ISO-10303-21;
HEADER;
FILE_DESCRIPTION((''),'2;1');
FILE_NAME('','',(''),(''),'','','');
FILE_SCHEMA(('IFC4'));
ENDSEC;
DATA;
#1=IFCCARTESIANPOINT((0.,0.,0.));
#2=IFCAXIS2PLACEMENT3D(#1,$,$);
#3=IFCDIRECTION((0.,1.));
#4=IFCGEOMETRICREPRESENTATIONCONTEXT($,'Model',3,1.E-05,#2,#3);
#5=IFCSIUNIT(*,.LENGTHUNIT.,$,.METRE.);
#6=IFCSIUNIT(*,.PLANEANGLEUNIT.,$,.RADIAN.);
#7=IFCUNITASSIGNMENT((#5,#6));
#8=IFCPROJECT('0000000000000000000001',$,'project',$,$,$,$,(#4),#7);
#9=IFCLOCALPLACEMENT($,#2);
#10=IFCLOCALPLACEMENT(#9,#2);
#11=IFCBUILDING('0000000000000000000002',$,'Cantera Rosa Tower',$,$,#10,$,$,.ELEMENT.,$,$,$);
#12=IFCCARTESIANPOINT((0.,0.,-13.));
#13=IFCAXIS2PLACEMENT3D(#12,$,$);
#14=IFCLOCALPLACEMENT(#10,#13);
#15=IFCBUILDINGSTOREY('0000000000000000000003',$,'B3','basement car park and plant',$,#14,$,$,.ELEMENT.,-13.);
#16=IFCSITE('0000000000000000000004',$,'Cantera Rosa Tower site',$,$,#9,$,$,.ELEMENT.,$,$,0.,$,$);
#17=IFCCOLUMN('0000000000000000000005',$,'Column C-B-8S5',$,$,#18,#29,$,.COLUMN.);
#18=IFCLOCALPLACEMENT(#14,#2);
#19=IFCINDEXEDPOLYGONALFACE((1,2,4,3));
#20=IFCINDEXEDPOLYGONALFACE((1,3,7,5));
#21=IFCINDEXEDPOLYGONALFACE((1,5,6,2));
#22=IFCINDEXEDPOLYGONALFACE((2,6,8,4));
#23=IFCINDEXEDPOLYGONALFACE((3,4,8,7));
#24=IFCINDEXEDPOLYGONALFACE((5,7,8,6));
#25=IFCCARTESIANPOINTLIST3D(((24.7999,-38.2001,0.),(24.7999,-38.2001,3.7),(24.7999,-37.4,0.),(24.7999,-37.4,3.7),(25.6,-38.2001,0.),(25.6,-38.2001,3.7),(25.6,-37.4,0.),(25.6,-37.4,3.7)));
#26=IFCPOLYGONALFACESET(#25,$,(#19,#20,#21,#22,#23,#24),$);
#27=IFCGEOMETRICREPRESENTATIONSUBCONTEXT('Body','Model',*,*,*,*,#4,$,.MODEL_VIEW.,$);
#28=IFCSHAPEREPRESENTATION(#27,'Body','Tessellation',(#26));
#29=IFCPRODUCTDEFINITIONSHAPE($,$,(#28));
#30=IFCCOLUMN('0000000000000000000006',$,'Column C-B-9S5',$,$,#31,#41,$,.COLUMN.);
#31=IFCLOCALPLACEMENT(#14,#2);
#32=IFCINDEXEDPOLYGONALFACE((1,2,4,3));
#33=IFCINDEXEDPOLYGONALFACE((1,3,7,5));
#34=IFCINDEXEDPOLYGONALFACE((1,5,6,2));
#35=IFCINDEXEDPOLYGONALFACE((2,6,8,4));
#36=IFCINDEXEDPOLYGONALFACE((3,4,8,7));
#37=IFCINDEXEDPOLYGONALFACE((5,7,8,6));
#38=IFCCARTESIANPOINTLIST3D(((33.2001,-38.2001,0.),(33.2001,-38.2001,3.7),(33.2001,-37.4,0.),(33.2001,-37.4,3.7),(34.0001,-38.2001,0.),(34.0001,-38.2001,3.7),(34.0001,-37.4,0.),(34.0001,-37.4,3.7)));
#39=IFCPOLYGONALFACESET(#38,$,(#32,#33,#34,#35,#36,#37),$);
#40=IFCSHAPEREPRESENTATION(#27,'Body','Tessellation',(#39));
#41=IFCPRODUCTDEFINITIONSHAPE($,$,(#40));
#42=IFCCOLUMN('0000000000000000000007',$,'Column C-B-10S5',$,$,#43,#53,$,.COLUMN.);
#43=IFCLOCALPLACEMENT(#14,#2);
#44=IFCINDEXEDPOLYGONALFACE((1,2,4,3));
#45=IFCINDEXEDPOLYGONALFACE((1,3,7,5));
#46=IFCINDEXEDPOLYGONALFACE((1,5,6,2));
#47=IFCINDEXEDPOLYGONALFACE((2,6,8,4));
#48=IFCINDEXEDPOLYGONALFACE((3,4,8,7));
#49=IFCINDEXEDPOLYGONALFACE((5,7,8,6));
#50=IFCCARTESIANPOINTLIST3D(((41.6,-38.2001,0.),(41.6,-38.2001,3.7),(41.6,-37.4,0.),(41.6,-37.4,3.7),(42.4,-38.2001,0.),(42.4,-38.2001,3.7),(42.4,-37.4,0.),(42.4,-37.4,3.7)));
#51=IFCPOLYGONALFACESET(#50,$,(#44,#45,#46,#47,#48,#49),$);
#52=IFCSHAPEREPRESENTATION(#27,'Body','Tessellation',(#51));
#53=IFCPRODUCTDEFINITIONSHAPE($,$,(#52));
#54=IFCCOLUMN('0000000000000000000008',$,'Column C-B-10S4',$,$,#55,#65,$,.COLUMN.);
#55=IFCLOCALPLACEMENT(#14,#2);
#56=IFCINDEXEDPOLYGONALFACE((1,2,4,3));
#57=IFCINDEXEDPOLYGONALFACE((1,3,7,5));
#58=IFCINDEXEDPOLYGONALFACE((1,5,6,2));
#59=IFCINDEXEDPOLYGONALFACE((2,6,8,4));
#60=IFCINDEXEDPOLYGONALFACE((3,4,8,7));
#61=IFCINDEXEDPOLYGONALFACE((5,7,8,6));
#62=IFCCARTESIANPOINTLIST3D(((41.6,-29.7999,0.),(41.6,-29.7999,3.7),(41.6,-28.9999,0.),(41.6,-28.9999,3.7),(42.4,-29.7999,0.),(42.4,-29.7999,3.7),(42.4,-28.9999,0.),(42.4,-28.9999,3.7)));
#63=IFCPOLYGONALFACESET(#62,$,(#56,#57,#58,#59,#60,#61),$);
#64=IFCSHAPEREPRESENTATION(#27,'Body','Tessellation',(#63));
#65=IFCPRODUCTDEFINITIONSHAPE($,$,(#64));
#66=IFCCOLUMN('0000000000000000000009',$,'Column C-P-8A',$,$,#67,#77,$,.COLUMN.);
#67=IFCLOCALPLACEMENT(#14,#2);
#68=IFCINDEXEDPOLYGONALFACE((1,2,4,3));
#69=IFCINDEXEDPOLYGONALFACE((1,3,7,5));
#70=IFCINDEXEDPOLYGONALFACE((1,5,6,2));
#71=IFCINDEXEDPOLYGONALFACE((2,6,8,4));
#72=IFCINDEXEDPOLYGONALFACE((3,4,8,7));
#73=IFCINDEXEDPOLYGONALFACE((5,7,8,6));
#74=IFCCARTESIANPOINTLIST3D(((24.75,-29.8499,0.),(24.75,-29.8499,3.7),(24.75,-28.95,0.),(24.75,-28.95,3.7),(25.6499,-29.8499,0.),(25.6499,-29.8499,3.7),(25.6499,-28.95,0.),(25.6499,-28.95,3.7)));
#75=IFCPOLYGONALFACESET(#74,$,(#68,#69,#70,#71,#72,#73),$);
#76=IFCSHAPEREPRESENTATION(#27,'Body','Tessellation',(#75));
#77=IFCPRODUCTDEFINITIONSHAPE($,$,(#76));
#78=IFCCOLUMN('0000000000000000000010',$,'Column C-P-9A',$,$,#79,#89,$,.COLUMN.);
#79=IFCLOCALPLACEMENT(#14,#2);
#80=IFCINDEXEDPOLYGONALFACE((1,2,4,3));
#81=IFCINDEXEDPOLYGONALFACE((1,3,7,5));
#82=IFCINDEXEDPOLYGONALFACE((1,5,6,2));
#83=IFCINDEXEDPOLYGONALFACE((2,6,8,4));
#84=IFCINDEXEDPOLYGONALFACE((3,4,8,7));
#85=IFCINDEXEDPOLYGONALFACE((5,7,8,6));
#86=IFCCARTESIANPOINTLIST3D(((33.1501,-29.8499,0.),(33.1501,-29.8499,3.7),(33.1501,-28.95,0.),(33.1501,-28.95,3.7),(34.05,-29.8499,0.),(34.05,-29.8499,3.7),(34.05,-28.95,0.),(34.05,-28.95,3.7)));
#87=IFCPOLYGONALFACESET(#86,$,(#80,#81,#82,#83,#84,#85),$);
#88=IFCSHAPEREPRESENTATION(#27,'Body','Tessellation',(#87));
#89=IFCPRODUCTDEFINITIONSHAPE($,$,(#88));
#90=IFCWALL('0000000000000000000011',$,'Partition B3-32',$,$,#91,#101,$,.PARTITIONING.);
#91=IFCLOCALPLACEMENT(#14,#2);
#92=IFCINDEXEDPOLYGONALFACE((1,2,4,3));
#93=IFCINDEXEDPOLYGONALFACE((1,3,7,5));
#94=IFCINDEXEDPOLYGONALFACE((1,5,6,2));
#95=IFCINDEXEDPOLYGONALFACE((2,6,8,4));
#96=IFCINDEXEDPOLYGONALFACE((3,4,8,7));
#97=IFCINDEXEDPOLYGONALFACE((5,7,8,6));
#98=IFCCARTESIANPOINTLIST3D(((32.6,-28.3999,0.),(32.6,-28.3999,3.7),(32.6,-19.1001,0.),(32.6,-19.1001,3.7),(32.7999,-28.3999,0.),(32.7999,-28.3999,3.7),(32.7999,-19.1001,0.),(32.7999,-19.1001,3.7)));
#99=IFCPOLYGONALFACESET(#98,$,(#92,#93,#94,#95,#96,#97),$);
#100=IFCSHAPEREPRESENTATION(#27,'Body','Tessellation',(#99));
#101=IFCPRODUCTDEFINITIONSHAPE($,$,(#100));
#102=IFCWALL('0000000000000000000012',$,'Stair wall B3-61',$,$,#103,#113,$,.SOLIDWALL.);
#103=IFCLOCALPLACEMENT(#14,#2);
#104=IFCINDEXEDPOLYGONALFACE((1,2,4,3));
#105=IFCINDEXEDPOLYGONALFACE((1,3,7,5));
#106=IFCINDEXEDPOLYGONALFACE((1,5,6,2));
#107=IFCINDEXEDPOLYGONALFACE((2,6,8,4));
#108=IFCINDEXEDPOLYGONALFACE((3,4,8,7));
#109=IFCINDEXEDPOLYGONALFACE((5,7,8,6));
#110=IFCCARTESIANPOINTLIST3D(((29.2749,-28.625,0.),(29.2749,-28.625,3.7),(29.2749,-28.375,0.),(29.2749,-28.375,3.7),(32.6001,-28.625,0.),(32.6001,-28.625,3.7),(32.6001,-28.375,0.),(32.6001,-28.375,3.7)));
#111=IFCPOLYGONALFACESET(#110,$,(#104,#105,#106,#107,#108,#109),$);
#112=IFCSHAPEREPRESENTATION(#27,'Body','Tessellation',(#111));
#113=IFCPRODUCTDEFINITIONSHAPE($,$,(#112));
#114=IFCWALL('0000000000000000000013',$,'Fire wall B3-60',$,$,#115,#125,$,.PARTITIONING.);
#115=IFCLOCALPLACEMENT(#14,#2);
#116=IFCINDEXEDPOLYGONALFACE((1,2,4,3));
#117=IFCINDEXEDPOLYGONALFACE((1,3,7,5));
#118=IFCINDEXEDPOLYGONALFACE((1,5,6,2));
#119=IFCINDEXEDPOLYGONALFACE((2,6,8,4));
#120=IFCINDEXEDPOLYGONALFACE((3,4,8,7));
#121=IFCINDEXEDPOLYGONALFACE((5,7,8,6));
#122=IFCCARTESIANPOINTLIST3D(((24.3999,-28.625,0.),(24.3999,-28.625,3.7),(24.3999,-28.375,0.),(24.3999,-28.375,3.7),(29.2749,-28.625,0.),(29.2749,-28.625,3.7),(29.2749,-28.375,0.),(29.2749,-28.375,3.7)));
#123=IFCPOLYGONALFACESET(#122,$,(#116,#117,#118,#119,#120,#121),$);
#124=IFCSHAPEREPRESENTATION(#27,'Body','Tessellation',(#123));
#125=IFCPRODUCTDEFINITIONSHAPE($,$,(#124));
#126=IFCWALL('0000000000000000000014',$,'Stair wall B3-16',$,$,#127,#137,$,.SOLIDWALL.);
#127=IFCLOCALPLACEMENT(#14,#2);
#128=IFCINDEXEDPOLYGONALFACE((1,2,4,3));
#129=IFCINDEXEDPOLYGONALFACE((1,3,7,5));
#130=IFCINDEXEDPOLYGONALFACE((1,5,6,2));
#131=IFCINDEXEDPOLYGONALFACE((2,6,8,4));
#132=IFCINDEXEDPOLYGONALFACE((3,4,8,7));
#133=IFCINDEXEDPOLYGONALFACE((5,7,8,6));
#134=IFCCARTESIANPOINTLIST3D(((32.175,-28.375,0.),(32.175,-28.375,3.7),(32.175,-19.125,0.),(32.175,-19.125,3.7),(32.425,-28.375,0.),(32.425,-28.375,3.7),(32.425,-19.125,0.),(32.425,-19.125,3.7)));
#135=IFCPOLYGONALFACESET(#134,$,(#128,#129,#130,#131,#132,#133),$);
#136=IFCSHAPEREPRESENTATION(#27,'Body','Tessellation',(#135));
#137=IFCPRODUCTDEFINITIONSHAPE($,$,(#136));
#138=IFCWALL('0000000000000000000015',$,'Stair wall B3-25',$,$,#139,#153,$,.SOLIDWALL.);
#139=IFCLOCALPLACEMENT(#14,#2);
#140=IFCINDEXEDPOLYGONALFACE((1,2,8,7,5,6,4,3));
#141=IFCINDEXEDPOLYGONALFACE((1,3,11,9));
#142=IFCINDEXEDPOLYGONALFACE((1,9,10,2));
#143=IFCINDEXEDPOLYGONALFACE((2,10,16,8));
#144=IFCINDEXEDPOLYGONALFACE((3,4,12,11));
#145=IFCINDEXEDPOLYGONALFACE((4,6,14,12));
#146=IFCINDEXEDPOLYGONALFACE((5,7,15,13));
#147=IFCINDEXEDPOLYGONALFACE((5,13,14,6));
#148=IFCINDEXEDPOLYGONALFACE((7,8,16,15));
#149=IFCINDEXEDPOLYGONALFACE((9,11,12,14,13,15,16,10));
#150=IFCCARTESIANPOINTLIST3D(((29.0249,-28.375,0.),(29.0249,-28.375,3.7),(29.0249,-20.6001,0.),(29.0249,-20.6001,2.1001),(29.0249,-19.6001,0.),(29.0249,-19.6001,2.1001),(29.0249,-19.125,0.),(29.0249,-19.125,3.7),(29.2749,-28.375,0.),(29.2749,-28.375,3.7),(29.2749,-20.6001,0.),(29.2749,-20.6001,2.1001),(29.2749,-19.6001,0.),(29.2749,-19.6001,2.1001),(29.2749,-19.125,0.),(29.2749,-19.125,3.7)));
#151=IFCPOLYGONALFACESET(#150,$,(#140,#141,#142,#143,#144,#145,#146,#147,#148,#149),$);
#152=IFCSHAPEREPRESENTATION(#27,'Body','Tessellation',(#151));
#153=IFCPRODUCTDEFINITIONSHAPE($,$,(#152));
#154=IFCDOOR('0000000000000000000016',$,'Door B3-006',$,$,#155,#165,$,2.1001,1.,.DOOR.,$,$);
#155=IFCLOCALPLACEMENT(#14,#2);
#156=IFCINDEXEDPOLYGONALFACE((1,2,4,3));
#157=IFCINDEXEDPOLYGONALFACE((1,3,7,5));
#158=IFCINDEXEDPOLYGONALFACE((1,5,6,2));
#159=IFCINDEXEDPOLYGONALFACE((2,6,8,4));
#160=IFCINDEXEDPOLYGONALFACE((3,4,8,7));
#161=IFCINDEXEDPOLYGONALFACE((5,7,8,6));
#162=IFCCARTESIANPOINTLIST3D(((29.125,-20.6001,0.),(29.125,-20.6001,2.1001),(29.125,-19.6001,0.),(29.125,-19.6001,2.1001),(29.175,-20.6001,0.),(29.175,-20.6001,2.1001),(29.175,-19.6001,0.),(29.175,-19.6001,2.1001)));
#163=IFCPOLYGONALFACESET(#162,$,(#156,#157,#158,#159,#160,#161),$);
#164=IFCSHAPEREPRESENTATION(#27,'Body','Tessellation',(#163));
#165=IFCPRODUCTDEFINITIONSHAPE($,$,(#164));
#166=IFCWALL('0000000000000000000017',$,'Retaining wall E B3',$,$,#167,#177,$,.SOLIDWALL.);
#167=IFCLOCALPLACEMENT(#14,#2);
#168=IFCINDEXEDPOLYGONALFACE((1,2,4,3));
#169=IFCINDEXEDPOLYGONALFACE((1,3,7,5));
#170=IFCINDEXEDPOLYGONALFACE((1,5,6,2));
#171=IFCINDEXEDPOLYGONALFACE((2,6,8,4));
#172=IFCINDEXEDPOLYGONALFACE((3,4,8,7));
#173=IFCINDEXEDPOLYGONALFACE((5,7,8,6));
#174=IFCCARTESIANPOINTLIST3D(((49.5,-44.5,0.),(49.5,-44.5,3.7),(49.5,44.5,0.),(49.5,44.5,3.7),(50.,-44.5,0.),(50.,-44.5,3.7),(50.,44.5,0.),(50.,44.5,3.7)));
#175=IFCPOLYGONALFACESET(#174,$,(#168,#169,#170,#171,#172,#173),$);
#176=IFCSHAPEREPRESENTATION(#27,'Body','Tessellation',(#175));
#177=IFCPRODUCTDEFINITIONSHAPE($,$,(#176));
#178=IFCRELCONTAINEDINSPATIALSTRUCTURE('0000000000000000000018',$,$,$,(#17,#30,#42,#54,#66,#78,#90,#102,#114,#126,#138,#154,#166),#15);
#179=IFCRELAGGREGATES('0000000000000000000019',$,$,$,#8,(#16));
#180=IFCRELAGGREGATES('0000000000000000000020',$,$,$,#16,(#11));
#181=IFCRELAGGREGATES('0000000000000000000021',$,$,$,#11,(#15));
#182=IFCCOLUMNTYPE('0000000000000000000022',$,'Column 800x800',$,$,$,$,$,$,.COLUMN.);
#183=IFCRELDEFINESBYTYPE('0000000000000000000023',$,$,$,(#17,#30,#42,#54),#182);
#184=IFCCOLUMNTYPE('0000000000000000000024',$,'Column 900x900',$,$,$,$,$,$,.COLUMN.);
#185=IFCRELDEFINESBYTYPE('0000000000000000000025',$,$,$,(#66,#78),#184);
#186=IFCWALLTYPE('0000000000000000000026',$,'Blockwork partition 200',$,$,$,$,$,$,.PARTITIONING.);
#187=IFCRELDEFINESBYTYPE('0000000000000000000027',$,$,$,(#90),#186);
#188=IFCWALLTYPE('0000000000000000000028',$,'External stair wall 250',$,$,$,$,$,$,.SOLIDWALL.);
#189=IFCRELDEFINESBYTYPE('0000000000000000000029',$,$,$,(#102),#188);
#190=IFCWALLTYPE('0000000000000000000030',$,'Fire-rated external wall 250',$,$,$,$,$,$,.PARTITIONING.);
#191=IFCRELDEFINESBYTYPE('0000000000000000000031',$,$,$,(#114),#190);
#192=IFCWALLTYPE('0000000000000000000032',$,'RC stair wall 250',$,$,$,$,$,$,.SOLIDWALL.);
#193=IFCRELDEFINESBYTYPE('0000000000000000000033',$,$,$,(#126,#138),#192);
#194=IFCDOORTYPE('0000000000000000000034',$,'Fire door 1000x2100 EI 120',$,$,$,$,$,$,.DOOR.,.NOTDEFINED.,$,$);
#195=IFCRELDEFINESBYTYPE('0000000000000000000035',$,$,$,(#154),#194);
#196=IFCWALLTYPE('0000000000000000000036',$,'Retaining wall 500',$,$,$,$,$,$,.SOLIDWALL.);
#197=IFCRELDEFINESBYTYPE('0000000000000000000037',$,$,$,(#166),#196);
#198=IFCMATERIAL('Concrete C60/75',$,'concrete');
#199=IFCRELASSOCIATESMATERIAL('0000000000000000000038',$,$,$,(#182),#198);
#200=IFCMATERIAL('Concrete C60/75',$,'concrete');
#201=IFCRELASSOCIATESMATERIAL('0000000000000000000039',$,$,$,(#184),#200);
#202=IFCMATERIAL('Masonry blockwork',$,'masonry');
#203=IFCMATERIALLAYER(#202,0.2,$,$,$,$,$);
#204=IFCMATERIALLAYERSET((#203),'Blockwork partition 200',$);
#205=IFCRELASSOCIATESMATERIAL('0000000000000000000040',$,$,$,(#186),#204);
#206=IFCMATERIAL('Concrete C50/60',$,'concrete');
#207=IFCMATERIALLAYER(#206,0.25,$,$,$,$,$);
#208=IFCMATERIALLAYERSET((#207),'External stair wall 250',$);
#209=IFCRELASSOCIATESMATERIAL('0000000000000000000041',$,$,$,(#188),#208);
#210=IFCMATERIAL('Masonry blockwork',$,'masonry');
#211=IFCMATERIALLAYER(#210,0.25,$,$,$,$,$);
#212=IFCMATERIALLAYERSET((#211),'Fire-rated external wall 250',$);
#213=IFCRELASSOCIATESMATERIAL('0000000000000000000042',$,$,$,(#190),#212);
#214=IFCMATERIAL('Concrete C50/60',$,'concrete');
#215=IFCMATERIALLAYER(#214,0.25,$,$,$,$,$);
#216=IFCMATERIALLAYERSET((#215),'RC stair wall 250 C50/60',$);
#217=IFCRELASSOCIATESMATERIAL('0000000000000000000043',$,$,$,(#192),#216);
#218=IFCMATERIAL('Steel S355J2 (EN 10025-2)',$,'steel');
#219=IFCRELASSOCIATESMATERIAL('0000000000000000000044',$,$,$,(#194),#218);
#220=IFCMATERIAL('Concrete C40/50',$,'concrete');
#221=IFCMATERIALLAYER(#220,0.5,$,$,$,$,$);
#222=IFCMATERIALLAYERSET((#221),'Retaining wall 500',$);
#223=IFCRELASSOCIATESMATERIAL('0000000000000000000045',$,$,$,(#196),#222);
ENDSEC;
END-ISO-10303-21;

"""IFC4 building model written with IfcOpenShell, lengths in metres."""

from ifc_helpers import new_model, si_unit, direction, frame, frame_2d, origin, origin_2d, place, context, subcontext, project, spatial, rectangle, extrude, material, layer, layer_set, material_profile, profile_set, type_object, element, fill, save


model = new_model("IFC4")

# Units and contexts
model_context = context("Model", 3, precision=1e-05, world=origin(), true_north=direction((0.0, 1.0)))
body_context = subcontext(model_context, "Body", "Model", "MODEL_VIEW")
ifc_project = project(units=[si_unit("LENGTHUNIT", "METRE"), si_unit("PLANEANGLEUNIT", "RADIAN")], contexts=[model_context])

# Site, building, storey
site_placement = place(None, origin())
site = spatial("IfcSite", under=ifc_project, at=site_placement, Name="Cantera Rosa Tower site", CompositionType="ELEMENT", RefElevation=0.0)
building_placement = place(site_placement, origin())
building = spatial("IfcBuilding", under=site, at=building_placement, Name="Cantera Rosa Tower", CompositionType="ELEMENT")
storey_placement = place(building_placement, frame((0.0, 0.0, -13.0)))
storey = spatial("IfcBuildingStorey", under=building, at=storey_placement, Name="B3", Description="basement car park and plant", CompositionType="ELEMENT", Elevation=-13.0)

# Columns
ifc_material_1 = material(Name="Concrete C60/75", Category="concrete")
ifc_material_profile_1 = material_profile(ifc_material_1, rectangle(XDim=0.8, YDim=0.8, at=origin_2d()), Name="Column 800x800")
ifc_profile_set_1 = profile_set([ifc_material_profile_1], Name="Concrete C60/75")
column_type_1 = type_object("IfcColumnType", Name="Column 800x800", PredefinedType="COLUMN", material=ifc_profile_set_1)
for number, where, z_axis, x_axis, name in (
    (1, (25.2, -37.8, 0.0), (0.0, 0.0, 1.0), (1.0, 0.0, 0.0), "Column C-B-8S5"),
    (2, (33.6001, -37.8, 0.0), (0.0, 0.0, 1.0), (1.0, 0.0, 0.0), "Column C-B-9S5"),
    (3, (42.0, -37.8, 0.0), (0.0, 0.0, 1.0), (1.0, 0.0, 0.0), "Column C-B-10S5"),
    (4, (42.0, -29.3999, 0.0), (0.0, 0.0, 1.0), (1.0, 0.0, 0.0), "Column C-B-10S4"),
):
    element("IfcColumn", number, at=place(storey_placement, frame(where, z_axis=z_axis, x_axis=x_axis)), inside=storey, type_object=column_type_1, Name=name, PredefinedType="COLUMN", context=body_context, shape_type="SweptSolid", body=[
        extrude(rectangle(XDim=0.8, YDim=0.8, at=origin_2d()), origin(), (0.0, 0.0, 1.0), 3.7),
    ])
ifc_material_2 = material(Name="Concrete C60/75", Category="concrete")
ifc_material_profile_2 = material_profile(ifc_material_2, rectangle(XDim=0.8999, YDim=0.8999, at=origin_2d()), Name="Column 900x900")
ifc_profile_set_2 = profile_set([ifc_material_profile_2], Name="Concrete C60/75")
column_type_2 = type_object("IfcColumnType", Name="Column 900x900", PredefinedType="COLUMN", material=ifc_profile_set_2)
for number, where, z_axis, x_axis, name in (
    (5, (25.2, -29.3999, 0.0), (0.0, 0.0, 1.0), (1.0, 0.0, 0.0), "Column C-P-8A"),
    (6, (33.6001, -29.3999, 0.0), (0.0, 0.0, 1.0), (1.0, 0.0, 0.0), "Column C-P-9A"),
):
    element("IfcColumn", number, at=place(storey_placement, frame(where, z_axis=z_axis, x_axis=x_axis)), inside=storey, type_object=column_type_2, Name=name, PredefinedType="COLUMN", context=body_context, shape_type="SweptSolid", body=[
        extrude(rectangle(XDim=0.8999, YDim=0.8999, at=origin_2d()), origin(), (0.0, 0.0, 1.0), 3.7),
    ])

# Walls
ifc_material_3 = material(Name="Masonry blockwork", Category="masonry")
ifc_layer_1 = layer(ifc_material_3, 0.2)
ifc_layer_set_1 = layer_set([ifc_layer_1], Name="Blockwork partition 200")
wall_type_1 = type_object("IfcWallType", Name="Blockwork partition 200", PredefinedType="PARTITIONING", material=ifc_layer_set_1)
wall_1_placement = place(storey_placement, frame((32.7, -28.3999, 0.0), z_axis=(0.0, 0.0, 1.0), x_axis=(0.0, 1.0, 0.0)))
element("IfcWall", 7, at=wall_1_placement, inside=storey, type_object=wall_type_1, Name="Partition B3-32", PredefinedType="PARTITIONING", context=body_context, shape_type="SweptSolid", body=[
    extrude(rectangle(XDim=9.2998, YDim=0.2, at=frame_2d((4.6499, 0.0))), origin(), (0.0, 0.0, 1.0), 3.7),
])
ifc_material_4 = material(Name="Concrete C50/60", Category="concrete")
ifc_layer_2 = layer(ifc_material_4, 0.25)
ifc_layer_set_2 = layer_set([ifc_layer_2], Name="External stair wall 250")
wall_type_2 = type_object("IfcWallType", Name="External stair wall 250", PredefinedType="SOLIDWALL", material=ifc_layer_set_2)
wall_2_placement = place(storey_placement, frame((32.6001, -28.5, 0.0), z_axis=(0.0, 0.0, 1.0), x_axis=(-1.0, 0.0, 0.0)))
element("IfcWall", 8, at=wall_2_placement, inside=storey, type_object=wall_type_2, Name="Stair wall B3-61", PredefinedType="SOLIDWALL", context=body_context, shape_type="SweptSolid", body=[
    extrude(rectangle(XDim=3.3252, YDim=0.25, at=frame_2d((1.6626, 0.0))), origin(), (0.0, 0.0, 1.0), 3.7),
])
ifc_material_5 = material(Name="Masonry blockwork", Category="masonry")
ifc_layer_3 = layer(ifc_material_5, 0.25)
ifc_layer_set_3 = layer_set([ifc_layer_3], Name="Fire-rated external wall 250")
wall_type_3 = type_object("IfcWallType", Name="Fire-rated external wall 250", PredefinedType="PARTITIONING", material=ifc_layer_set_3)
wall_3_placement = place(storey_placement, frame((24.3999, -28.5, 0.0), z_axis=(0.0, 0.0, 1.0), x_axis=(1.0, 0.0, 0.0)))
element("IfcWall", 9, at=wall_3_placement, inside=storey, type_object=wall_type_3, Name="Fire wall B3-60", PredefinedType="PARTITIONING", context=body_context, shape_type="SweptSolid", body=[
    extrude(rectangle(XDim=4.875, YDim=0.25, at=frame_2d((2.4375, 0.0))), origin(), (0.0, 0.0, 1.0), 3.7),
])
ifc_material_6 = material(Name="Concrete C50/60", Category="concrete")
ifc_layer_4 = layer(ifc_material_6, 0.25)
ifc_layer_set_4 = layer_set([ifc_layer_4], Name="RC stair wall 250 C50/60")
wall_type_4 = type_object("IfcWallType", Name="RC stair wall 250", PredefinedType="SOLIDWALL", material=ifc_layer_set_4)
wall_4_placement = place(storey_placement, frame((32.3, -28.375, 0.0), z_axis=(0.0, 0.0, 1.0), x_axis=(0.0, 1.0, 0.0)))
element("IfcWall", 10, at=wall_4_placement, inside=storey, type_object=wall_type_4, Name="Stair wall B3-16", PredefinedType="SOLIDWALL", context=body_context, shape_type="SweptSolid", body=[
    extrude(rectangle(XDim=9.25, YDim=0.25, at=frame_2d((4.625, 0.0))), origin(), (0.0, 0.0, 1.0), 3.7),
])

# Wall, opening, door
wall_5_placement = place(storey_placement, frame((29.1499, -28.375, 0.0), z_axis=(0.0, 0.0, 1.0), x_axis=(0.0, 1.0, 0.0)))
wall_5 = element("IfcWall", 11, at=wall_5_placement, inside=storey, type_object=wall_type_4, Name="Stair wall B3-25", PredefinedType="SOLIDWALL", context=body_context, shape_type="SweptSolid", body=[
    extrude(rectangle(XDim=9.25, YDim=0.25, at=frame_2d((4.625, 0.0))), origin(), (0.0, 0.0, 1.0), 3.7),
])
opening_placement = place(wall_5_placement, frame((7.7749, 0.0, 0.0)))
opening = element("IfcOpeningElement", 12, at=opening_placement, cuts=wall_5, PredefinedType="OPENING", context=body_context, shape_type="SweptSolid", body=[
    extrude(rectangle(XDim=1.0, YDim=2.1001, at=frame_2d((0.5, 1.05))), frame((0.0, 0.135, 0.0), z_axis=(0.0, -1.0, 0.0), x_axis=(1.0, 0.0, 0.0)), (0.0, 0.0, 1.0), 0.27),
])
ifc_material_7 = material(Name="Steel S355J2 (EN 10025-2)", Category="steel")
door_type = type_object("IfcDoorType", Name="Fire door 1000x2100 EI 120", OperationType="NOTDEFINED", PredefinedType="DOOR", material=ifc_material_7)
door_placement = place(opening_placement, origin())
door = element("IfcDoor", 13, at=door_placement, inside=storey, type_object=door_type, Name="Door B3-006", OverallHeight=2.1001, OverallWidth=1.0, PredefinedType="DOOR", context=body_context, shape_type="SweptSolid", body=[
    extrude(rectangle(XDim=1.0, YDim=2.1001, at=frame_2d((0.5, 1.05))), frame((0.0, 0.0249, 0.0), z_axis=(0.0, -1.0, 0.0), x_axis=(1.0, 0.0, 0.0)), (0.0, 0.0, 1.0), 0.05),
])
fill(opening, door)

# Wall
ifc_material_8 = material(Name="Concrete C40/50", Category="concrete")
ifc_layer_5 = layer(ifc_material_8, 0.5)
ifc_layer_set_5 = layer_set([ifc_layer_5], Name="Retaining wall 500")
wall_type_5 = type_object("IfcWallType", Name="Retaining wall 500", PredefinedType="SOLIDWALL", material=ifc_layer_set_5)
wall_6_placement = place(storey_placement, frame((49.75, -44.5, 0.0), z_axis=(0.0, 0.0, 1.0), x_axis=(0.0, 1.0, 0.0)))
element("IfcWall", 14, at=wall_6_placement, inside=storey, type_object=wall_type_5, Name="Retaining wall E B3", PredefinedType="SOLIDWALL", context=body_context, shape_type="SweptSolid", body=[
    extrude(rectangle(XDim=89.0, YDim=0.5, at=frame_2d((44.5, 0.0))), origin(), (0.0, 0.0, 1.0), 3.7),
])

save(model, "model.ifc")
